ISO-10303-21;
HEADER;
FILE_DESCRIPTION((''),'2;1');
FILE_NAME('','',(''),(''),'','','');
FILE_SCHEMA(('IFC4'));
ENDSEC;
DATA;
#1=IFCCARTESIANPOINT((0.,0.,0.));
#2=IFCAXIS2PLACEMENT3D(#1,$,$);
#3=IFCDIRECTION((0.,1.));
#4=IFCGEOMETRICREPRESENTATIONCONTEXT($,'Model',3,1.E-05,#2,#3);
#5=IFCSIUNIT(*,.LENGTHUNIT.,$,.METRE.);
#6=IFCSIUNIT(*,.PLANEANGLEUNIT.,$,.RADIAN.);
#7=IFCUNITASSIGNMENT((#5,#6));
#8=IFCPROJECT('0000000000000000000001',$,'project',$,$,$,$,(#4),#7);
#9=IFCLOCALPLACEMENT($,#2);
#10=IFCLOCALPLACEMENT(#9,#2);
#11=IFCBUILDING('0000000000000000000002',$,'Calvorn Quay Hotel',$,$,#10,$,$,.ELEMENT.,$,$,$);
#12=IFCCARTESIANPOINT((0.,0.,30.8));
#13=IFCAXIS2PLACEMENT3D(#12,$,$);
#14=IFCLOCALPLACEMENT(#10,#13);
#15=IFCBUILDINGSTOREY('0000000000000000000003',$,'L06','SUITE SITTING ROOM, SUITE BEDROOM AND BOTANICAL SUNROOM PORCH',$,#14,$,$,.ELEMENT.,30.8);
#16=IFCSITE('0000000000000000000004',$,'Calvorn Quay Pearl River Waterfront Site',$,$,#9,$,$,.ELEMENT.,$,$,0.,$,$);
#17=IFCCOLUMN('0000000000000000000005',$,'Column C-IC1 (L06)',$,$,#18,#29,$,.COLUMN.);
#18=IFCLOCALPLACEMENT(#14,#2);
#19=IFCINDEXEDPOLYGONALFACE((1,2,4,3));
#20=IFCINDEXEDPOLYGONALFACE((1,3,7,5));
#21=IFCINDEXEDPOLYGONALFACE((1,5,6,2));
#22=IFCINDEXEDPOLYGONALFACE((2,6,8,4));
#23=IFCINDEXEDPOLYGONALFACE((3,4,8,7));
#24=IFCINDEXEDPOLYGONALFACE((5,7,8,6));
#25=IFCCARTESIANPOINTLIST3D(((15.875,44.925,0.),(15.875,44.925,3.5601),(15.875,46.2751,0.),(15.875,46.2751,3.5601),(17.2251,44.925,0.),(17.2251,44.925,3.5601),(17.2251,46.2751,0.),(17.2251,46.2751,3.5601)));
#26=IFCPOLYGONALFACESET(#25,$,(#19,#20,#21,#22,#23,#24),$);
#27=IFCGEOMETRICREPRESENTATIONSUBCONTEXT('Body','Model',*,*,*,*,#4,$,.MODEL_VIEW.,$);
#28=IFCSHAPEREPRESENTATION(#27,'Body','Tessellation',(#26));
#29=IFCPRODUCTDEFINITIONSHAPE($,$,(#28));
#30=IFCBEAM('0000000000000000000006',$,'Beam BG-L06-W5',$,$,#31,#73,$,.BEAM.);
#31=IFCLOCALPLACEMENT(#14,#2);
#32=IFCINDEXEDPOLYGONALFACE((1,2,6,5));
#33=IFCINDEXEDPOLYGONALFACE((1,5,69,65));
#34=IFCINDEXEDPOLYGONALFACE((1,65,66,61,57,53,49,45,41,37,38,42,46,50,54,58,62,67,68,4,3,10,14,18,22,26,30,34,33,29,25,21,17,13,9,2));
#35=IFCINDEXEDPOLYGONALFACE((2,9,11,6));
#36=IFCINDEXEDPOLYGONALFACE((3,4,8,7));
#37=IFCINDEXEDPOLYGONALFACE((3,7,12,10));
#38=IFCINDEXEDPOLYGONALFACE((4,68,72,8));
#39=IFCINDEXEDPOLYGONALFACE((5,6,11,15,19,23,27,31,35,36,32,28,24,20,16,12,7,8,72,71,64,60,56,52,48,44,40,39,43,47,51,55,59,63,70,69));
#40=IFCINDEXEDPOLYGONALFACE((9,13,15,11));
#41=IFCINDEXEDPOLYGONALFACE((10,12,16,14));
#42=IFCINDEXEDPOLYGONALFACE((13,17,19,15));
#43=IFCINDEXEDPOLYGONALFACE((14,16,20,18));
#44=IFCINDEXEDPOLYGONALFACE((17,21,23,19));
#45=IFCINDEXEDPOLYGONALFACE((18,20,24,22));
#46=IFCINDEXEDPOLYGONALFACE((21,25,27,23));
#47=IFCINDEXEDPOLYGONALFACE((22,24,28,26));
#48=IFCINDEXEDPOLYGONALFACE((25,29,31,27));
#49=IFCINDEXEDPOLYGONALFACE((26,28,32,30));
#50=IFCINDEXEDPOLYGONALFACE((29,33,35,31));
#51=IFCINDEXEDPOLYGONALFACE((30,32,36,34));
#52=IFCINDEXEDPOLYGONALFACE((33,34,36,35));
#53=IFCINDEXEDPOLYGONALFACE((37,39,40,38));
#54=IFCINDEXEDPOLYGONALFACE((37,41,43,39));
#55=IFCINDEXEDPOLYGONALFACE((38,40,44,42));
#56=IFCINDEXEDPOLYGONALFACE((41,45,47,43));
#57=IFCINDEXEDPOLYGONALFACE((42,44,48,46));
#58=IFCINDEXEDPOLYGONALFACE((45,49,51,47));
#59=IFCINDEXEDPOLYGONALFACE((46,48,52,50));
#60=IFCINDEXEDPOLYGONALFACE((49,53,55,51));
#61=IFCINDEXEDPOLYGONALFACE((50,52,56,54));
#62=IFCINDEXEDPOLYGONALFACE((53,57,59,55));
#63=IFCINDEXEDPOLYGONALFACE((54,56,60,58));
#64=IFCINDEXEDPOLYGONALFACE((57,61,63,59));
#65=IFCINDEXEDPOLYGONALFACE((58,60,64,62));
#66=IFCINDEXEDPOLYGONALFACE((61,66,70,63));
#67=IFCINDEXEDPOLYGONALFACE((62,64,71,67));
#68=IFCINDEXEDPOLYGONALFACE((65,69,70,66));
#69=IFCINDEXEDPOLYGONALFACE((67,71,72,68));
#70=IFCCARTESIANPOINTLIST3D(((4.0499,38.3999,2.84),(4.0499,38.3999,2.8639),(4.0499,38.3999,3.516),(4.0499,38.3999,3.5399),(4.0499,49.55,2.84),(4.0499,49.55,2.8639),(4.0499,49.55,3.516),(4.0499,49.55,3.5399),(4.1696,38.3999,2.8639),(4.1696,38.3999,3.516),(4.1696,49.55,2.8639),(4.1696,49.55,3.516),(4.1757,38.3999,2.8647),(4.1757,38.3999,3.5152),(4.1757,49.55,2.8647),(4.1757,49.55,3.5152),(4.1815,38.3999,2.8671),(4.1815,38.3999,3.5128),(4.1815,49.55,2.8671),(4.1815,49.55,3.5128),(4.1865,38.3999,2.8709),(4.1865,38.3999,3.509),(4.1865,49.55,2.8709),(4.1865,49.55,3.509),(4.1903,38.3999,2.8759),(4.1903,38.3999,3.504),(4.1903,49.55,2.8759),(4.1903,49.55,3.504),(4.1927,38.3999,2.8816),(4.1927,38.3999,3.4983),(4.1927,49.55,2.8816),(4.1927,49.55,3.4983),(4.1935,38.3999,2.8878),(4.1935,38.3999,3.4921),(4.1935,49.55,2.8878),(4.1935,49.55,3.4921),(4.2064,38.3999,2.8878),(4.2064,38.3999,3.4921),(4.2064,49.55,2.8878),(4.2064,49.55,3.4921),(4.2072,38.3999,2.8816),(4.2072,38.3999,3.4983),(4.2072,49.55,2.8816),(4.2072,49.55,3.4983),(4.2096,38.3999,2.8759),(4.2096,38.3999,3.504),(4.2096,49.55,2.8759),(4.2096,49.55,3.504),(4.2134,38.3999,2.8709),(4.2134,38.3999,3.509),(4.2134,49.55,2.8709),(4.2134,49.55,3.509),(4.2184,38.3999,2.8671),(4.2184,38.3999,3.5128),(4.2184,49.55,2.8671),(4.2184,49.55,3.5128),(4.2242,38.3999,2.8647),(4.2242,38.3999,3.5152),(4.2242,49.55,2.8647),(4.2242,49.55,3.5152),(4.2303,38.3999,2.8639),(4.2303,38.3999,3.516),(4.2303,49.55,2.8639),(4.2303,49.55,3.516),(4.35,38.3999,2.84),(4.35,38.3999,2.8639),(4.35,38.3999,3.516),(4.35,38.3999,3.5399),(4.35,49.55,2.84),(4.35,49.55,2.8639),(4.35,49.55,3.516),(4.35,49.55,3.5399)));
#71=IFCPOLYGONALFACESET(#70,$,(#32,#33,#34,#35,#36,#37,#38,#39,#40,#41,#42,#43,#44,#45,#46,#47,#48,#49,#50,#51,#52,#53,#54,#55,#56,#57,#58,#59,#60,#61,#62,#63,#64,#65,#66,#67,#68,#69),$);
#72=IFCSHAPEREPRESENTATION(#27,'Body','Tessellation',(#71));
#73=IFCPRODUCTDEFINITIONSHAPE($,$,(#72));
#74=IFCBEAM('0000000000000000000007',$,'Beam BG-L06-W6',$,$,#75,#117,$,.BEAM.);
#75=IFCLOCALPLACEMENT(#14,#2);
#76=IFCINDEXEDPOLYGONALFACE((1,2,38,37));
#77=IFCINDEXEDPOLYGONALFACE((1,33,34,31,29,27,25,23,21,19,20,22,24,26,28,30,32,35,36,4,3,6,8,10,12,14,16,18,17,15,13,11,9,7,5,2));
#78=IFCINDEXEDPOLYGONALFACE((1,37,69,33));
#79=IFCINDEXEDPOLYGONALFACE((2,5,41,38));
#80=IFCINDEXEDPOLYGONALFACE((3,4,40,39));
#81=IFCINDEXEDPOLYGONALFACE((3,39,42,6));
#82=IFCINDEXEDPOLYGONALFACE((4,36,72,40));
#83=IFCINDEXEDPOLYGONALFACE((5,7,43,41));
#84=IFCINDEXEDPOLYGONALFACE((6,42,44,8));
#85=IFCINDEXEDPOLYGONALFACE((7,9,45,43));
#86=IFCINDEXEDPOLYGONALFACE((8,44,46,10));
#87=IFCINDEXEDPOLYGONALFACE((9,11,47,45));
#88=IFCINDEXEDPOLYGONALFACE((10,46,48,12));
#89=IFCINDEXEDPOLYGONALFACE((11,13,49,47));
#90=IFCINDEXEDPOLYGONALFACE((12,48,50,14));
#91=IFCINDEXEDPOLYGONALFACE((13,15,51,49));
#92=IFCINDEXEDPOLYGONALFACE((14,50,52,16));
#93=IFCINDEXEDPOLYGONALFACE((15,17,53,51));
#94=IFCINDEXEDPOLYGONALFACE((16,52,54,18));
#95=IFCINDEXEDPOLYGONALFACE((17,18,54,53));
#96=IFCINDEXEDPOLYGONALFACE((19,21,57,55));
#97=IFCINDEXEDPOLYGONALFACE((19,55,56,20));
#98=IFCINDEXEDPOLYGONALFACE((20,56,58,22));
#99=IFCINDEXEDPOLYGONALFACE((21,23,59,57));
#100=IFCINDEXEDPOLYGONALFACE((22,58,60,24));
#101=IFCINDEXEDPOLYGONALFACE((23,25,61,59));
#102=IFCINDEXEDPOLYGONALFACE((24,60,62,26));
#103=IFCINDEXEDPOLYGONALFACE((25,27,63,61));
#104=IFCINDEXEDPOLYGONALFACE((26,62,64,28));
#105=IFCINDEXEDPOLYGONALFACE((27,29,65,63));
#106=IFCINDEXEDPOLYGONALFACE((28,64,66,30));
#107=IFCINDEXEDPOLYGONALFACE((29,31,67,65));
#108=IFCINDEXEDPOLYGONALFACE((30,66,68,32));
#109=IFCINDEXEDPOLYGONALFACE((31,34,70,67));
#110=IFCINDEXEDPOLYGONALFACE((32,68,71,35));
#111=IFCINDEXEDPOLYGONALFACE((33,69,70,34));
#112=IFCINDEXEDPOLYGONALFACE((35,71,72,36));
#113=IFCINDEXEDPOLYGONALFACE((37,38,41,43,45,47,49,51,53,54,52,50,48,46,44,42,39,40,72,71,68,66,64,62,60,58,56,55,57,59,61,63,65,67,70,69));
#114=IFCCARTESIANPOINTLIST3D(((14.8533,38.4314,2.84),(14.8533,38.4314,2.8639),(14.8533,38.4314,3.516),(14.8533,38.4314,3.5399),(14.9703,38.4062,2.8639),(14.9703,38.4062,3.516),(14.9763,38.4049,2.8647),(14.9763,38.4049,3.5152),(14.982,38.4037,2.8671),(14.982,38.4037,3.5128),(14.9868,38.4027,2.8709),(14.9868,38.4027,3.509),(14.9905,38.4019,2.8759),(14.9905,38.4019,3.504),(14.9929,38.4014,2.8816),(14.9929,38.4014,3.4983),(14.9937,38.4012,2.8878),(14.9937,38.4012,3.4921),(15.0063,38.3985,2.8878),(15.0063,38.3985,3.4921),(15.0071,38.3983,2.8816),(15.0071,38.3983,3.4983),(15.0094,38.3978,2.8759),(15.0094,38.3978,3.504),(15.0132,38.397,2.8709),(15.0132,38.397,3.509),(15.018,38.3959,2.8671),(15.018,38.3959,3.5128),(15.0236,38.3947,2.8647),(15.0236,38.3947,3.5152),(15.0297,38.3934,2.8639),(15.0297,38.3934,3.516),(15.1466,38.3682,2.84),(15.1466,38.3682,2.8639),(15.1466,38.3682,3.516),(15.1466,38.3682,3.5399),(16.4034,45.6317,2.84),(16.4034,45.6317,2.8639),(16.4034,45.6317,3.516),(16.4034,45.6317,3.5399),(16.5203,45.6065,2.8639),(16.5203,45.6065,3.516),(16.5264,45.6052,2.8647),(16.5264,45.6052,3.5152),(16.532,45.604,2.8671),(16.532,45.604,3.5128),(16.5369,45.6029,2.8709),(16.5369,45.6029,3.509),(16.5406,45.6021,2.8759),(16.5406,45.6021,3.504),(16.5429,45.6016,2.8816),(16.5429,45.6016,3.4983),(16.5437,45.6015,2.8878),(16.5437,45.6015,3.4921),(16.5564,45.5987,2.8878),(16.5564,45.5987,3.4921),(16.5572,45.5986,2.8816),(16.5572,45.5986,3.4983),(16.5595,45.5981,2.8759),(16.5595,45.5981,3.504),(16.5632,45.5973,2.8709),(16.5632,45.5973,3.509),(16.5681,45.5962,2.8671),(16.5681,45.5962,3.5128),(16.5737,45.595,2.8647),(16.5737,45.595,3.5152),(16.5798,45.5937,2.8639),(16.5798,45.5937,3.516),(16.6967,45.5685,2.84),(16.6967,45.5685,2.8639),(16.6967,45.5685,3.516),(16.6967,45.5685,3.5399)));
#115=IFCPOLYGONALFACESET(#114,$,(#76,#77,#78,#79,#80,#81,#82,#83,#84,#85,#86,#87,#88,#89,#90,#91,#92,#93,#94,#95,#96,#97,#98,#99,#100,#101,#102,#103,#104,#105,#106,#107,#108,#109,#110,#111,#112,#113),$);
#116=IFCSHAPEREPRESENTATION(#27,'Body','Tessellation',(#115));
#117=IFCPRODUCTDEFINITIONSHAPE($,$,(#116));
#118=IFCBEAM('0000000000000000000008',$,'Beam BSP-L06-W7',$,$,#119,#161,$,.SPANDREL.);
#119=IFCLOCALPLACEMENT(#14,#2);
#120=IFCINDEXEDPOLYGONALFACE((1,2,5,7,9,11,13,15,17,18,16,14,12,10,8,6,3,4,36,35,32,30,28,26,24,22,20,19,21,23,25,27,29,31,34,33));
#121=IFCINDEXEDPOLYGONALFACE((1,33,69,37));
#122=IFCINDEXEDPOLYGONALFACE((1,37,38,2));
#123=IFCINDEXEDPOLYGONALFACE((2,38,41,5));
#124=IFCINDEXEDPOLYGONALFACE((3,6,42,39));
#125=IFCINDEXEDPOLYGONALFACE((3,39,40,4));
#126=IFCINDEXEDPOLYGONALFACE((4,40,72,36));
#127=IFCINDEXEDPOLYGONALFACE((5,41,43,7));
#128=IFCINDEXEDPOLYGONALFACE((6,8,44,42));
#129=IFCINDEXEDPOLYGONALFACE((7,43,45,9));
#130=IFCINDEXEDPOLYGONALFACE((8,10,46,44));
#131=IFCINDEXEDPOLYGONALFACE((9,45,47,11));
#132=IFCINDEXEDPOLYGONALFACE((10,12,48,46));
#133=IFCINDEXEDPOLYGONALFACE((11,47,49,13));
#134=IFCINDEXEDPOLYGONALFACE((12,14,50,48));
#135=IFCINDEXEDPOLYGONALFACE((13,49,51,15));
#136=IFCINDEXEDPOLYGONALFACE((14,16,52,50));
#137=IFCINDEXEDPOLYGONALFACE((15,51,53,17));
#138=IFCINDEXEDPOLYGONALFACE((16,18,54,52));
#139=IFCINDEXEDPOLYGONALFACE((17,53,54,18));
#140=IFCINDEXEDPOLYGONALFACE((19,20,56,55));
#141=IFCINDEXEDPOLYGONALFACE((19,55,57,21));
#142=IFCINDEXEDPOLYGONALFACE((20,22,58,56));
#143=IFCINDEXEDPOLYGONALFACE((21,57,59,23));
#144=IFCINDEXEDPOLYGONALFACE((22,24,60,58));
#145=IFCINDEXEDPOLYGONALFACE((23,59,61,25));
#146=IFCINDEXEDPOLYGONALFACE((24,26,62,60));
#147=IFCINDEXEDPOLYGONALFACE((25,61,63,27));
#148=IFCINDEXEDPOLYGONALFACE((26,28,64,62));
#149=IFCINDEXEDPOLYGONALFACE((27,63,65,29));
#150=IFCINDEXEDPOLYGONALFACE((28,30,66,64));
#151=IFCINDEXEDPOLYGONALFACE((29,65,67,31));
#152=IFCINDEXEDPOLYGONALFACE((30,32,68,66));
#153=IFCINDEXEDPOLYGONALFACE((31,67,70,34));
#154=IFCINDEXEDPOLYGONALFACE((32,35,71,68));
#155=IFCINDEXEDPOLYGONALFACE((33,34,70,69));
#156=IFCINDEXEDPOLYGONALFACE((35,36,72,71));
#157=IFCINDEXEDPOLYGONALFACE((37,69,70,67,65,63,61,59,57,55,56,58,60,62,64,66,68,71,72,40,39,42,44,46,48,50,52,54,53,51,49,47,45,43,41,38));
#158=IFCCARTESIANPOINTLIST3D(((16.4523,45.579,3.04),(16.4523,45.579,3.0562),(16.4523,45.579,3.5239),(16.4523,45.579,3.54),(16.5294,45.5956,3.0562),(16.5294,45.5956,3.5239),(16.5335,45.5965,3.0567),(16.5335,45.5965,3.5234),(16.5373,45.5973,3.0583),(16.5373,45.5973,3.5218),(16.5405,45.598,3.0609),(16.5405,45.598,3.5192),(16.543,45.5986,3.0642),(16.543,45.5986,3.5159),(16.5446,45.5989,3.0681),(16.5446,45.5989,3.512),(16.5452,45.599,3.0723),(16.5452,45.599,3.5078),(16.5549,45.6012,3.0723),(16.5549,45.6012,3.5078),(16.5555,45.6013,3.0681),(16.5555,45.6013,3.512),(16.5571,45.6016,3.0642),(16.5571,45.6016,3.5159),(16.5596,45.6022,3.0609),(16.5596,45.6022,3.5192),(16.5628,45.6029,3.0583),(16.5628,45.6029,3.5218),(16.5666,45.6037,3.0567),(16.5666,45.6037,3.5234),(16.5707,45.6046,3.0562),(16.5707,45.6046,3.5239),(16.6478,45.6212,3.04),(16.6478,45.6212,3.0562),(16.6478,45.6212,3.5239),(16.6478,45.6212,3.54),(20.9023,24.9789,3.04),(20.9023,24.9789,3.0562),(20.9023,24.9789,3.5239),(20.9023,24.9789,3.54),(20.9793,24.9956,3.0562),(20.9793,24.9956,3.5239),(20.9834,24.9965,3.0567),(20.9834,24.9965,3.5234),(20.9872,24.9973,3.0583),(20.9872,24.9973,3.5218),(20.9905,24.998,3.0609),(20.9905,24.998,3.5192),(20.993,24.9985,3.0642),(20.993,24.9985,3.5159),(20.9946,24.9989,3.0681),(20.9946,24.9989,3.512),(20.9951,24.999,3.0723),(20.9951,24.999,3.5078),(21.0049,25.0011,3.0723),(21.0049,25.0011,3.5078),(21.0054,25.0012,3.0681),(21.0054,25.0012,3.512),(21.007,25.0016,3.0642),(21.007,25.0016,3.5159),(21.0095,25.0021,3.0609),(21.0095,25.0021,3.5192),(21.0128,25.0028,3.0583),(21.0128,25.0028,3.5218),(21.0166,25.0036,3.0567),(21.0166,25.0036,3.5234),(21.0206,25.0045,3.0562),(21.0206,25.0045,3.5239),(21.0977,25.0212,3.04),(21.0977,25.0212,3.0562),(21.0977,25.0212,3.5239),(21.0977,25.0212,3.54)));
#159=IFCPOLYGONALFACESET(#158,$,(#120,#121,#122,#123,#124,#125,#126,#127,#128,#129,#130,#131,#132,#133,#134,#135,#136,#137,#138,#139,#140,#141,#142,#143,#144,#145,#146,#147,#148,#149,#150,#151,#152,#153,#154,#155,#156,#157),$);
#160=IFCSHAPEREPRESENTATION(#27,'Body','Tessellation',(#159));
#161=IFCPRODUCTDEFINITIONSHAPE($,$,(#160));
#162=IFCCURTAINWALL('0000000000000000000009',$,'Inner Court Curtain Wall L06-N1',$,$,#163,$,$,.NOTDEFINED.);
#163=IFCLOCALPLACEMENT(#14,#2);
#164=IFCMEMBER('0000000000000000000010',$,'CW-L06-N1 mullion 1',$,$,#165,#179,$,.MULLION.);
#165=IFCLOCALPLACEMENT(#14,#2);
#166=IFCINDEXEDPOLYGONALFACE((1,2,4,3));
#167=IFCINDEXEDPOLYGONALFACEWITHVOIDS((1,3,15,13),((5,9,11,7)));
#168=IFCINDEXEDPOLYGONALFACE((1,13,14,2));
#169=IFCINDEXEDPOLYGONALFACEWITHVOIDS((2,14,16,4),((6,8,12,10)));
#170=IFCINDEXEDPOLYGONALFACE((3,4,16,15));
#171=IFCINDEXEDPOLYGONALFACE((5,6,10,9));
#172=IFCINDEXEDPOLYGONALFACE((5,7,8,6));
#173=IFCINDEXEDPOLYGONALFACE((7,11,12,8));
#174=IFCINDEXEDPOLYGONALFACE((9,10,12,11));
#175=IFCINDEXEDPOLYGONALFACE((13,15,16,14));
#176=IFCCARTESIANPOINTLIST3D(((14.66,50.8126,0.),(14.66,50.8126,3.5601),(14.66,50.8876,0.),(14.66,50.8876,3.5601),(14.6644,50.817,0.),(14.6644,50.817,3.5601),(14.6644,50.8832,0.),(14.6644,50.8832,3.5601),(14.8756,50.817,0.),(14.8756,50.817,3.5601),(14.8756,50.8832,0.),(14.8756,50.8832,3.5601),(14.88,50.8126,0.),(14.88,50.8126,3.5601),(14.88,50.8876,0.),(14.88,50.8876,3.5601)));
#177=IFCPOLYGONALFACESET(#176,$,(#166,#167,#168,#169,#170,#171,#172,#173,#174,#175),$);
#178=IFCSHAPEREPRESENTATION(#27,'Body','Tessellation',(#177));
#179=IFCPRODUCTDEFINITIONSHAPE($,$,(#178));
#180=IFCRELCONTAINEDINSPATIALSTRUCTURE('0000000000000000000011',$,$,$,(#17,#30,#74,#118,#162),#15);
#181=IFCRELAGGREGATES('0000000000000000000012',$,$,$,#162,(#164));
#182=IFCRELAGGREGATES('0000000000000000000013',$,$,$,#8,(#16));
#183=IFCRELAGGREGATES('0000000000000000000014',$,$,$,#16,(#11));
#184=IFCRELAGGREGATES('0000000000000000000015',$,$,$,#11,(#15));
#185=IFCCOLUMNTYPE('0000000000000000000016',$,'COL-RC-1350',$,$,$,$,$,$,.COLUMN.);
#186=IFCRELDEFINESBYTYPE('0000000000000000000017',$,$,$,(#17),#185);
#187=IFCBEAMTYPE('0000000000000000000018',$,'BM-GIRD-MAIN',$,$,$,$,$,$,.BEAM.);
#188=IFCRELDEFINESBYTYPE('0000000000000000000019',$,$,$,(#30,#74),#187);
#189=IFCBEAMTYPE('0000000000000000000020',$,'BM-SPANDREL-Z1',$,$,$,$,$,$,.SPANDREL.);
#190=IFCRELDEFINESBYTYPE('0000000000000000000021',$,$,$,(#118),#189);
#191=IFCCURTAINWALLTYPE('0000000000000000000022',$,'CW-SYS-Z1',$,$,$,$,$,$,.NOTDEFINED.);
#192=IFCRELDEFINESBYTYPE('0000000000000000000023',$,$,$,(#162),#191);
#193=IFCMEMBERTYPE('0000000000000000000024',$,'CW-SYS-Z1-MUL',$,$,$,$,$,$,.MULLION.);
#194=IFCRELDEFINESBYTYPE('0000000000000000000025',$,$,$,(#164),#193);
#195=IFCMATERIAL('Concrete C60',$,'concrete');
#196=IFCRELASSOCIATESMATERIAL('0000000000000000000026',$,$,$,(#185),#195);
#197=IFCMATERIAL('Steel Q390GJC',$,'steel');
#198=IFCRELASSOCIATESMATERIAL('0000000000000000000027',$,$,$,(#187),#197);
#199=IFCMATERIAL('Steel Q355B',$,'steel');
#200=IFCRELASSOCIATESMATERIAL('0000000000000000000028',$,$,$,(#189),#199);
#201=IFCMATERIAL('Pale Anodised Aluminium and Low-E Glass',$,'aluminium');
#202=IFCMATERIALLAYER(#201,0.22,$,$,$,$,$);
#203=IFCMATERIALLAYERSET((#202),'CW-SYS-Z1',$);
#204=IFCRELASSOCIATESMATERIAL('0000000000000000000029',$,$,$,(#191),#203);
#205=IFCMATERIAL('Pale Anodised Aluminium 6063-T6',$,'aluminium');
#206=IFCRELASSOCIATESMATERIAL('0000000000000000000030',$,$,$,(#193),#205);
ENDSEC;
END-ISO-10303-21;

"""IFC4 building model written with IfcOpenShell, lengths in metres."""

from ifc_helpers import new_model, si_unit, direction, frame, origin, origin_2d, place, context, subcontext, project, spatial, rectangle, hollow_rectangle, i_section, extrude, material, layer, layer_set, material_profile, profile_set, type_object, element, aggregate, save


model = new_model("IFC4")

# Units and contexts
model_context = context("Model", 3, precision=1e-05, world=origin(), true_north=direction((0.0, 1.0)))
body_context = subcontext(model_context, "Body", "Model", "MODEL_VIEW")
ifc_project = project(units=[si_unit("LENGTHUNIT", "METRE"), si_unit("PLANEANGLEUNIT", "RADIAN")], contexts=[model_context])

# Site, building, storey
site_placement = place(None, origin())
site = spatial("IfcSite", under=ifc_project, at=site_placement, Name="Calvorn Quay Pearl River Waterfront Site", CompositionType="ELEMENT", RefElevation=0.0)
building_placement = place(site_placement, origin())
building = spatial("IfcBuilding", under=site, at=building_placement, Name="Calvorn Quay Hotel", CompositionType="ELEMENT")
storey_placement = place(building_placement, frame((0.0, 0.0, 30.8)))
storey = spatial("IfcBuildingStorey", under=building, at=storey_placement, Name="L06", Description="SUITE SITTING ROOM, SUITE BEDROOM AND BOTANICAL SUNROOM PORCH", CompositionType="ELEMENT", Elevation=30.8)

# Column
ifc_material_1 = material(Name="Concrete C60", Category="concrete")
ifc_material_profile_1 = material_profile(ifc_material_1, rectangle(XDim=1.3501, YDim=1.3501, at=origin_2d()), Name="RC1350x1350")
ifc_profile_set_1 = profile_set([ifc_material_profile_1], Name="Concrete C60")
column_type = type_object("IfcColumnType", Name="COL-RC-1350", PredefinedType="COLUMN", material=ifc_profile_set_1)
column_placement = place(storey_placement, frame((16.55, 45.6001, 0.0), z_axis=(0.0, 0.0, 1.0), x_axis=(1.0, 0.0, 0.0)))
element("IfcColumn", 1, at=column_placement, inside=storey, type_object=column_type, Name="Column C-IC1 (L06)", PredefinedType="COLUMN", context=body_context, shape_type="SweptSolid", body=[
    extrude(rectangle(XDim=1.3501, YDim=1.3501, at=origin_2d()), origin(), (0.0, 0.0, 1.0), 3.5601),
])

# Beams
ifc_material_2 = material(Name="Steel Q390GJC", Category="steel")
ifc_material_profile_2 = material_profile(ifc_material_2, i_section(OverallWidth=0.3, OverallDepth=0.7, WebThickness=0.0129, FlangeThickness=0.0239, FilletRadius=0.0239, at=origin_2d()), Name="HN700x300x13x24")
ifc_profile_set_2 = profile_set([ifc_material_profile_2], Name="Steel Q390GJC")
beam_type_1 = type_object("IfcBeamType", Name="BM-GIRD-MAIN", PredefinedType="BEAM", material=ifc_profile_set_2)
beam_1_placement = place(storey_placement, frame((4.2, 49.55, 3.1899), z_axis=(0.0, -1.0, 0.0), x_axis=(1.0, 0.0, 0.0)))
element("IfcBeam", 2, at=beam_1_placement, inside=storey, type_object=beam_type_1, Name="Beam BG-L06-W5", PredefinedType="BEAM", context=body_context, shape_type="SweptSolid", body=[
    extrude(i_section(OverallWidth=0.3, OverallDepth=0.7, WebThickness=0.0129, FlangeThickness=0.0239, FilletRadius=0.0239, at=origin_2d()), origin(), (0.0, 0.0, 1.0), 11.1501),
])
beam_2_placement = place(storey_placement, frame((16.55, 45.6001, 3.1899), z_axis=(-0.210457, -0.977603, 0.0), x_axis=(0.977603, -0.210457, 0.0)))
element("IfcBeam", 3, at=beam_2_placement, inside=storey, type_object=beam_type_1, Name="Beam BG-L06-W6", PredefinedType="BEAM", context=body_context, shape_type="SweptSolid", body=[
    extrude(i_section(OverallWidth=0.3, OverallDepth=0.7, WebThickness=0.0129, FlangeThickness=0.0239, FilletRadius=0.0239, at=origin_2d()), origin(), (0.0, 0.0, 1.0), 7.3652),
])
ifc_material_3 = material(Name="Steel Q355B", Category="steel")
ifc_material_profile_3 = material_profile(ifc_material_3, i_section(OverallWidth=0.2, OverallDepth=0.5, WebThickness=0.01, FlangeThickness=0.0161, FilletRadius=0.0161, at=origin_2d()), Name="HN500x200x10x16")
ifc_profile_set_3 = profile_set([ifc_material_profile_3], Name="Steel Q355B")
beam_type_2 = type_object("IfcBeamType", Name="BM-SPANDREL-Z1", PredefinedType="SPANDREL", material=ifc_profile_set_3)
beam_3_placement = place(storey_placement, frame((16.55, 45.6001, 3.29), z_axis=(0.211146, -0.977455, 0.0), x_axis=(0.977455, 0.211146, 0.0)))
element("IfcBeam", 4, at=beam_3_placement, inside=storey, type_object=beam_type_2, Name="Beam BSP-L06-W7", PredefinedType="SPANDREL", context=body_context, shape_type="SweptSolid", body=[
    extrude(i_section(OverallWidth=0.2, OverallDepth=0.5, WebThickness=0.01, FlangeThickness=0.0161, FilletRadius=0.0161, at=origin_2d()), origin(), (0.0, 0.0, 1.0), 21.0752),
])

# Curtain wall, member
ifc_material_4 = material(Name="Pale Anodised Aluminium and Low-E Glass", Category="aluminium")
ifc_layer_1 = layer(ifc_material_4, 0.22)
ifc_layer_set_1 = layer_set([ifc_layer_1], Name="CW-SYS-Z1")
curtain_wall_type = type_object("IfcCurtainWallType", Name="CW-SYS-Z1", PredefinedType="NOTDEFINED", material=ifc_layer_set_1)
curtain_wall_placement = place(storey_placement, origin())
curtain_wall = element("IfcCurtainWall", 5, at=curtain_wall_placement, inside=storey, type_object=curtain_wall_type, Name="Inner Court Curtain Wall L06-N1", PredefinedType="NOTDEFINED")
ifc_material_5 = material(Name="Pale Anodised Aluminium 6063-T6", Category="aluminium")
ifc_material_profile_4 = material_profile(ifc_material_5, hollow_rectangle(XDim=0.075, YDim=0.22, WallThickness=0.0044, at=origin_2d()), Name="ALU-M220x75x4.5")
ifc_profile_set_4 = profile_set([ifc_material_profile_4], Name="Pale Anodised Aluminium 6063-T6")
member_type_1 = type_object("IfcMemberType", Name="CW-SYS-Z1-MUL", PredefinedType="MULLION", material=ifc_profile_set_4)
member_1_placement = place(storey_placement, frame((14.77, 50.8501, 0.0), z_axis=(0.0, 0.0, 1.0), x_axis=(0.0, -1.0, 0.0)))
member_1 = element("IfcMember", 6, at=member_1_placement, type_object=member_type_1, Name="CW-L06-N1 mullion 1", PredefinedType="MULLION", context=body_context, shape_type="SweptSolid", body=[
    extrude(hollow_rectangle(XDim=0.075, YDim=0.22, WallThickness=0.0044, at=origin_2d()), origin(), (0.0, 0.0, 1.0), 3.5601),
])
aggregate(curtain_wall, [member_1])

save(model, "model.ifc")
